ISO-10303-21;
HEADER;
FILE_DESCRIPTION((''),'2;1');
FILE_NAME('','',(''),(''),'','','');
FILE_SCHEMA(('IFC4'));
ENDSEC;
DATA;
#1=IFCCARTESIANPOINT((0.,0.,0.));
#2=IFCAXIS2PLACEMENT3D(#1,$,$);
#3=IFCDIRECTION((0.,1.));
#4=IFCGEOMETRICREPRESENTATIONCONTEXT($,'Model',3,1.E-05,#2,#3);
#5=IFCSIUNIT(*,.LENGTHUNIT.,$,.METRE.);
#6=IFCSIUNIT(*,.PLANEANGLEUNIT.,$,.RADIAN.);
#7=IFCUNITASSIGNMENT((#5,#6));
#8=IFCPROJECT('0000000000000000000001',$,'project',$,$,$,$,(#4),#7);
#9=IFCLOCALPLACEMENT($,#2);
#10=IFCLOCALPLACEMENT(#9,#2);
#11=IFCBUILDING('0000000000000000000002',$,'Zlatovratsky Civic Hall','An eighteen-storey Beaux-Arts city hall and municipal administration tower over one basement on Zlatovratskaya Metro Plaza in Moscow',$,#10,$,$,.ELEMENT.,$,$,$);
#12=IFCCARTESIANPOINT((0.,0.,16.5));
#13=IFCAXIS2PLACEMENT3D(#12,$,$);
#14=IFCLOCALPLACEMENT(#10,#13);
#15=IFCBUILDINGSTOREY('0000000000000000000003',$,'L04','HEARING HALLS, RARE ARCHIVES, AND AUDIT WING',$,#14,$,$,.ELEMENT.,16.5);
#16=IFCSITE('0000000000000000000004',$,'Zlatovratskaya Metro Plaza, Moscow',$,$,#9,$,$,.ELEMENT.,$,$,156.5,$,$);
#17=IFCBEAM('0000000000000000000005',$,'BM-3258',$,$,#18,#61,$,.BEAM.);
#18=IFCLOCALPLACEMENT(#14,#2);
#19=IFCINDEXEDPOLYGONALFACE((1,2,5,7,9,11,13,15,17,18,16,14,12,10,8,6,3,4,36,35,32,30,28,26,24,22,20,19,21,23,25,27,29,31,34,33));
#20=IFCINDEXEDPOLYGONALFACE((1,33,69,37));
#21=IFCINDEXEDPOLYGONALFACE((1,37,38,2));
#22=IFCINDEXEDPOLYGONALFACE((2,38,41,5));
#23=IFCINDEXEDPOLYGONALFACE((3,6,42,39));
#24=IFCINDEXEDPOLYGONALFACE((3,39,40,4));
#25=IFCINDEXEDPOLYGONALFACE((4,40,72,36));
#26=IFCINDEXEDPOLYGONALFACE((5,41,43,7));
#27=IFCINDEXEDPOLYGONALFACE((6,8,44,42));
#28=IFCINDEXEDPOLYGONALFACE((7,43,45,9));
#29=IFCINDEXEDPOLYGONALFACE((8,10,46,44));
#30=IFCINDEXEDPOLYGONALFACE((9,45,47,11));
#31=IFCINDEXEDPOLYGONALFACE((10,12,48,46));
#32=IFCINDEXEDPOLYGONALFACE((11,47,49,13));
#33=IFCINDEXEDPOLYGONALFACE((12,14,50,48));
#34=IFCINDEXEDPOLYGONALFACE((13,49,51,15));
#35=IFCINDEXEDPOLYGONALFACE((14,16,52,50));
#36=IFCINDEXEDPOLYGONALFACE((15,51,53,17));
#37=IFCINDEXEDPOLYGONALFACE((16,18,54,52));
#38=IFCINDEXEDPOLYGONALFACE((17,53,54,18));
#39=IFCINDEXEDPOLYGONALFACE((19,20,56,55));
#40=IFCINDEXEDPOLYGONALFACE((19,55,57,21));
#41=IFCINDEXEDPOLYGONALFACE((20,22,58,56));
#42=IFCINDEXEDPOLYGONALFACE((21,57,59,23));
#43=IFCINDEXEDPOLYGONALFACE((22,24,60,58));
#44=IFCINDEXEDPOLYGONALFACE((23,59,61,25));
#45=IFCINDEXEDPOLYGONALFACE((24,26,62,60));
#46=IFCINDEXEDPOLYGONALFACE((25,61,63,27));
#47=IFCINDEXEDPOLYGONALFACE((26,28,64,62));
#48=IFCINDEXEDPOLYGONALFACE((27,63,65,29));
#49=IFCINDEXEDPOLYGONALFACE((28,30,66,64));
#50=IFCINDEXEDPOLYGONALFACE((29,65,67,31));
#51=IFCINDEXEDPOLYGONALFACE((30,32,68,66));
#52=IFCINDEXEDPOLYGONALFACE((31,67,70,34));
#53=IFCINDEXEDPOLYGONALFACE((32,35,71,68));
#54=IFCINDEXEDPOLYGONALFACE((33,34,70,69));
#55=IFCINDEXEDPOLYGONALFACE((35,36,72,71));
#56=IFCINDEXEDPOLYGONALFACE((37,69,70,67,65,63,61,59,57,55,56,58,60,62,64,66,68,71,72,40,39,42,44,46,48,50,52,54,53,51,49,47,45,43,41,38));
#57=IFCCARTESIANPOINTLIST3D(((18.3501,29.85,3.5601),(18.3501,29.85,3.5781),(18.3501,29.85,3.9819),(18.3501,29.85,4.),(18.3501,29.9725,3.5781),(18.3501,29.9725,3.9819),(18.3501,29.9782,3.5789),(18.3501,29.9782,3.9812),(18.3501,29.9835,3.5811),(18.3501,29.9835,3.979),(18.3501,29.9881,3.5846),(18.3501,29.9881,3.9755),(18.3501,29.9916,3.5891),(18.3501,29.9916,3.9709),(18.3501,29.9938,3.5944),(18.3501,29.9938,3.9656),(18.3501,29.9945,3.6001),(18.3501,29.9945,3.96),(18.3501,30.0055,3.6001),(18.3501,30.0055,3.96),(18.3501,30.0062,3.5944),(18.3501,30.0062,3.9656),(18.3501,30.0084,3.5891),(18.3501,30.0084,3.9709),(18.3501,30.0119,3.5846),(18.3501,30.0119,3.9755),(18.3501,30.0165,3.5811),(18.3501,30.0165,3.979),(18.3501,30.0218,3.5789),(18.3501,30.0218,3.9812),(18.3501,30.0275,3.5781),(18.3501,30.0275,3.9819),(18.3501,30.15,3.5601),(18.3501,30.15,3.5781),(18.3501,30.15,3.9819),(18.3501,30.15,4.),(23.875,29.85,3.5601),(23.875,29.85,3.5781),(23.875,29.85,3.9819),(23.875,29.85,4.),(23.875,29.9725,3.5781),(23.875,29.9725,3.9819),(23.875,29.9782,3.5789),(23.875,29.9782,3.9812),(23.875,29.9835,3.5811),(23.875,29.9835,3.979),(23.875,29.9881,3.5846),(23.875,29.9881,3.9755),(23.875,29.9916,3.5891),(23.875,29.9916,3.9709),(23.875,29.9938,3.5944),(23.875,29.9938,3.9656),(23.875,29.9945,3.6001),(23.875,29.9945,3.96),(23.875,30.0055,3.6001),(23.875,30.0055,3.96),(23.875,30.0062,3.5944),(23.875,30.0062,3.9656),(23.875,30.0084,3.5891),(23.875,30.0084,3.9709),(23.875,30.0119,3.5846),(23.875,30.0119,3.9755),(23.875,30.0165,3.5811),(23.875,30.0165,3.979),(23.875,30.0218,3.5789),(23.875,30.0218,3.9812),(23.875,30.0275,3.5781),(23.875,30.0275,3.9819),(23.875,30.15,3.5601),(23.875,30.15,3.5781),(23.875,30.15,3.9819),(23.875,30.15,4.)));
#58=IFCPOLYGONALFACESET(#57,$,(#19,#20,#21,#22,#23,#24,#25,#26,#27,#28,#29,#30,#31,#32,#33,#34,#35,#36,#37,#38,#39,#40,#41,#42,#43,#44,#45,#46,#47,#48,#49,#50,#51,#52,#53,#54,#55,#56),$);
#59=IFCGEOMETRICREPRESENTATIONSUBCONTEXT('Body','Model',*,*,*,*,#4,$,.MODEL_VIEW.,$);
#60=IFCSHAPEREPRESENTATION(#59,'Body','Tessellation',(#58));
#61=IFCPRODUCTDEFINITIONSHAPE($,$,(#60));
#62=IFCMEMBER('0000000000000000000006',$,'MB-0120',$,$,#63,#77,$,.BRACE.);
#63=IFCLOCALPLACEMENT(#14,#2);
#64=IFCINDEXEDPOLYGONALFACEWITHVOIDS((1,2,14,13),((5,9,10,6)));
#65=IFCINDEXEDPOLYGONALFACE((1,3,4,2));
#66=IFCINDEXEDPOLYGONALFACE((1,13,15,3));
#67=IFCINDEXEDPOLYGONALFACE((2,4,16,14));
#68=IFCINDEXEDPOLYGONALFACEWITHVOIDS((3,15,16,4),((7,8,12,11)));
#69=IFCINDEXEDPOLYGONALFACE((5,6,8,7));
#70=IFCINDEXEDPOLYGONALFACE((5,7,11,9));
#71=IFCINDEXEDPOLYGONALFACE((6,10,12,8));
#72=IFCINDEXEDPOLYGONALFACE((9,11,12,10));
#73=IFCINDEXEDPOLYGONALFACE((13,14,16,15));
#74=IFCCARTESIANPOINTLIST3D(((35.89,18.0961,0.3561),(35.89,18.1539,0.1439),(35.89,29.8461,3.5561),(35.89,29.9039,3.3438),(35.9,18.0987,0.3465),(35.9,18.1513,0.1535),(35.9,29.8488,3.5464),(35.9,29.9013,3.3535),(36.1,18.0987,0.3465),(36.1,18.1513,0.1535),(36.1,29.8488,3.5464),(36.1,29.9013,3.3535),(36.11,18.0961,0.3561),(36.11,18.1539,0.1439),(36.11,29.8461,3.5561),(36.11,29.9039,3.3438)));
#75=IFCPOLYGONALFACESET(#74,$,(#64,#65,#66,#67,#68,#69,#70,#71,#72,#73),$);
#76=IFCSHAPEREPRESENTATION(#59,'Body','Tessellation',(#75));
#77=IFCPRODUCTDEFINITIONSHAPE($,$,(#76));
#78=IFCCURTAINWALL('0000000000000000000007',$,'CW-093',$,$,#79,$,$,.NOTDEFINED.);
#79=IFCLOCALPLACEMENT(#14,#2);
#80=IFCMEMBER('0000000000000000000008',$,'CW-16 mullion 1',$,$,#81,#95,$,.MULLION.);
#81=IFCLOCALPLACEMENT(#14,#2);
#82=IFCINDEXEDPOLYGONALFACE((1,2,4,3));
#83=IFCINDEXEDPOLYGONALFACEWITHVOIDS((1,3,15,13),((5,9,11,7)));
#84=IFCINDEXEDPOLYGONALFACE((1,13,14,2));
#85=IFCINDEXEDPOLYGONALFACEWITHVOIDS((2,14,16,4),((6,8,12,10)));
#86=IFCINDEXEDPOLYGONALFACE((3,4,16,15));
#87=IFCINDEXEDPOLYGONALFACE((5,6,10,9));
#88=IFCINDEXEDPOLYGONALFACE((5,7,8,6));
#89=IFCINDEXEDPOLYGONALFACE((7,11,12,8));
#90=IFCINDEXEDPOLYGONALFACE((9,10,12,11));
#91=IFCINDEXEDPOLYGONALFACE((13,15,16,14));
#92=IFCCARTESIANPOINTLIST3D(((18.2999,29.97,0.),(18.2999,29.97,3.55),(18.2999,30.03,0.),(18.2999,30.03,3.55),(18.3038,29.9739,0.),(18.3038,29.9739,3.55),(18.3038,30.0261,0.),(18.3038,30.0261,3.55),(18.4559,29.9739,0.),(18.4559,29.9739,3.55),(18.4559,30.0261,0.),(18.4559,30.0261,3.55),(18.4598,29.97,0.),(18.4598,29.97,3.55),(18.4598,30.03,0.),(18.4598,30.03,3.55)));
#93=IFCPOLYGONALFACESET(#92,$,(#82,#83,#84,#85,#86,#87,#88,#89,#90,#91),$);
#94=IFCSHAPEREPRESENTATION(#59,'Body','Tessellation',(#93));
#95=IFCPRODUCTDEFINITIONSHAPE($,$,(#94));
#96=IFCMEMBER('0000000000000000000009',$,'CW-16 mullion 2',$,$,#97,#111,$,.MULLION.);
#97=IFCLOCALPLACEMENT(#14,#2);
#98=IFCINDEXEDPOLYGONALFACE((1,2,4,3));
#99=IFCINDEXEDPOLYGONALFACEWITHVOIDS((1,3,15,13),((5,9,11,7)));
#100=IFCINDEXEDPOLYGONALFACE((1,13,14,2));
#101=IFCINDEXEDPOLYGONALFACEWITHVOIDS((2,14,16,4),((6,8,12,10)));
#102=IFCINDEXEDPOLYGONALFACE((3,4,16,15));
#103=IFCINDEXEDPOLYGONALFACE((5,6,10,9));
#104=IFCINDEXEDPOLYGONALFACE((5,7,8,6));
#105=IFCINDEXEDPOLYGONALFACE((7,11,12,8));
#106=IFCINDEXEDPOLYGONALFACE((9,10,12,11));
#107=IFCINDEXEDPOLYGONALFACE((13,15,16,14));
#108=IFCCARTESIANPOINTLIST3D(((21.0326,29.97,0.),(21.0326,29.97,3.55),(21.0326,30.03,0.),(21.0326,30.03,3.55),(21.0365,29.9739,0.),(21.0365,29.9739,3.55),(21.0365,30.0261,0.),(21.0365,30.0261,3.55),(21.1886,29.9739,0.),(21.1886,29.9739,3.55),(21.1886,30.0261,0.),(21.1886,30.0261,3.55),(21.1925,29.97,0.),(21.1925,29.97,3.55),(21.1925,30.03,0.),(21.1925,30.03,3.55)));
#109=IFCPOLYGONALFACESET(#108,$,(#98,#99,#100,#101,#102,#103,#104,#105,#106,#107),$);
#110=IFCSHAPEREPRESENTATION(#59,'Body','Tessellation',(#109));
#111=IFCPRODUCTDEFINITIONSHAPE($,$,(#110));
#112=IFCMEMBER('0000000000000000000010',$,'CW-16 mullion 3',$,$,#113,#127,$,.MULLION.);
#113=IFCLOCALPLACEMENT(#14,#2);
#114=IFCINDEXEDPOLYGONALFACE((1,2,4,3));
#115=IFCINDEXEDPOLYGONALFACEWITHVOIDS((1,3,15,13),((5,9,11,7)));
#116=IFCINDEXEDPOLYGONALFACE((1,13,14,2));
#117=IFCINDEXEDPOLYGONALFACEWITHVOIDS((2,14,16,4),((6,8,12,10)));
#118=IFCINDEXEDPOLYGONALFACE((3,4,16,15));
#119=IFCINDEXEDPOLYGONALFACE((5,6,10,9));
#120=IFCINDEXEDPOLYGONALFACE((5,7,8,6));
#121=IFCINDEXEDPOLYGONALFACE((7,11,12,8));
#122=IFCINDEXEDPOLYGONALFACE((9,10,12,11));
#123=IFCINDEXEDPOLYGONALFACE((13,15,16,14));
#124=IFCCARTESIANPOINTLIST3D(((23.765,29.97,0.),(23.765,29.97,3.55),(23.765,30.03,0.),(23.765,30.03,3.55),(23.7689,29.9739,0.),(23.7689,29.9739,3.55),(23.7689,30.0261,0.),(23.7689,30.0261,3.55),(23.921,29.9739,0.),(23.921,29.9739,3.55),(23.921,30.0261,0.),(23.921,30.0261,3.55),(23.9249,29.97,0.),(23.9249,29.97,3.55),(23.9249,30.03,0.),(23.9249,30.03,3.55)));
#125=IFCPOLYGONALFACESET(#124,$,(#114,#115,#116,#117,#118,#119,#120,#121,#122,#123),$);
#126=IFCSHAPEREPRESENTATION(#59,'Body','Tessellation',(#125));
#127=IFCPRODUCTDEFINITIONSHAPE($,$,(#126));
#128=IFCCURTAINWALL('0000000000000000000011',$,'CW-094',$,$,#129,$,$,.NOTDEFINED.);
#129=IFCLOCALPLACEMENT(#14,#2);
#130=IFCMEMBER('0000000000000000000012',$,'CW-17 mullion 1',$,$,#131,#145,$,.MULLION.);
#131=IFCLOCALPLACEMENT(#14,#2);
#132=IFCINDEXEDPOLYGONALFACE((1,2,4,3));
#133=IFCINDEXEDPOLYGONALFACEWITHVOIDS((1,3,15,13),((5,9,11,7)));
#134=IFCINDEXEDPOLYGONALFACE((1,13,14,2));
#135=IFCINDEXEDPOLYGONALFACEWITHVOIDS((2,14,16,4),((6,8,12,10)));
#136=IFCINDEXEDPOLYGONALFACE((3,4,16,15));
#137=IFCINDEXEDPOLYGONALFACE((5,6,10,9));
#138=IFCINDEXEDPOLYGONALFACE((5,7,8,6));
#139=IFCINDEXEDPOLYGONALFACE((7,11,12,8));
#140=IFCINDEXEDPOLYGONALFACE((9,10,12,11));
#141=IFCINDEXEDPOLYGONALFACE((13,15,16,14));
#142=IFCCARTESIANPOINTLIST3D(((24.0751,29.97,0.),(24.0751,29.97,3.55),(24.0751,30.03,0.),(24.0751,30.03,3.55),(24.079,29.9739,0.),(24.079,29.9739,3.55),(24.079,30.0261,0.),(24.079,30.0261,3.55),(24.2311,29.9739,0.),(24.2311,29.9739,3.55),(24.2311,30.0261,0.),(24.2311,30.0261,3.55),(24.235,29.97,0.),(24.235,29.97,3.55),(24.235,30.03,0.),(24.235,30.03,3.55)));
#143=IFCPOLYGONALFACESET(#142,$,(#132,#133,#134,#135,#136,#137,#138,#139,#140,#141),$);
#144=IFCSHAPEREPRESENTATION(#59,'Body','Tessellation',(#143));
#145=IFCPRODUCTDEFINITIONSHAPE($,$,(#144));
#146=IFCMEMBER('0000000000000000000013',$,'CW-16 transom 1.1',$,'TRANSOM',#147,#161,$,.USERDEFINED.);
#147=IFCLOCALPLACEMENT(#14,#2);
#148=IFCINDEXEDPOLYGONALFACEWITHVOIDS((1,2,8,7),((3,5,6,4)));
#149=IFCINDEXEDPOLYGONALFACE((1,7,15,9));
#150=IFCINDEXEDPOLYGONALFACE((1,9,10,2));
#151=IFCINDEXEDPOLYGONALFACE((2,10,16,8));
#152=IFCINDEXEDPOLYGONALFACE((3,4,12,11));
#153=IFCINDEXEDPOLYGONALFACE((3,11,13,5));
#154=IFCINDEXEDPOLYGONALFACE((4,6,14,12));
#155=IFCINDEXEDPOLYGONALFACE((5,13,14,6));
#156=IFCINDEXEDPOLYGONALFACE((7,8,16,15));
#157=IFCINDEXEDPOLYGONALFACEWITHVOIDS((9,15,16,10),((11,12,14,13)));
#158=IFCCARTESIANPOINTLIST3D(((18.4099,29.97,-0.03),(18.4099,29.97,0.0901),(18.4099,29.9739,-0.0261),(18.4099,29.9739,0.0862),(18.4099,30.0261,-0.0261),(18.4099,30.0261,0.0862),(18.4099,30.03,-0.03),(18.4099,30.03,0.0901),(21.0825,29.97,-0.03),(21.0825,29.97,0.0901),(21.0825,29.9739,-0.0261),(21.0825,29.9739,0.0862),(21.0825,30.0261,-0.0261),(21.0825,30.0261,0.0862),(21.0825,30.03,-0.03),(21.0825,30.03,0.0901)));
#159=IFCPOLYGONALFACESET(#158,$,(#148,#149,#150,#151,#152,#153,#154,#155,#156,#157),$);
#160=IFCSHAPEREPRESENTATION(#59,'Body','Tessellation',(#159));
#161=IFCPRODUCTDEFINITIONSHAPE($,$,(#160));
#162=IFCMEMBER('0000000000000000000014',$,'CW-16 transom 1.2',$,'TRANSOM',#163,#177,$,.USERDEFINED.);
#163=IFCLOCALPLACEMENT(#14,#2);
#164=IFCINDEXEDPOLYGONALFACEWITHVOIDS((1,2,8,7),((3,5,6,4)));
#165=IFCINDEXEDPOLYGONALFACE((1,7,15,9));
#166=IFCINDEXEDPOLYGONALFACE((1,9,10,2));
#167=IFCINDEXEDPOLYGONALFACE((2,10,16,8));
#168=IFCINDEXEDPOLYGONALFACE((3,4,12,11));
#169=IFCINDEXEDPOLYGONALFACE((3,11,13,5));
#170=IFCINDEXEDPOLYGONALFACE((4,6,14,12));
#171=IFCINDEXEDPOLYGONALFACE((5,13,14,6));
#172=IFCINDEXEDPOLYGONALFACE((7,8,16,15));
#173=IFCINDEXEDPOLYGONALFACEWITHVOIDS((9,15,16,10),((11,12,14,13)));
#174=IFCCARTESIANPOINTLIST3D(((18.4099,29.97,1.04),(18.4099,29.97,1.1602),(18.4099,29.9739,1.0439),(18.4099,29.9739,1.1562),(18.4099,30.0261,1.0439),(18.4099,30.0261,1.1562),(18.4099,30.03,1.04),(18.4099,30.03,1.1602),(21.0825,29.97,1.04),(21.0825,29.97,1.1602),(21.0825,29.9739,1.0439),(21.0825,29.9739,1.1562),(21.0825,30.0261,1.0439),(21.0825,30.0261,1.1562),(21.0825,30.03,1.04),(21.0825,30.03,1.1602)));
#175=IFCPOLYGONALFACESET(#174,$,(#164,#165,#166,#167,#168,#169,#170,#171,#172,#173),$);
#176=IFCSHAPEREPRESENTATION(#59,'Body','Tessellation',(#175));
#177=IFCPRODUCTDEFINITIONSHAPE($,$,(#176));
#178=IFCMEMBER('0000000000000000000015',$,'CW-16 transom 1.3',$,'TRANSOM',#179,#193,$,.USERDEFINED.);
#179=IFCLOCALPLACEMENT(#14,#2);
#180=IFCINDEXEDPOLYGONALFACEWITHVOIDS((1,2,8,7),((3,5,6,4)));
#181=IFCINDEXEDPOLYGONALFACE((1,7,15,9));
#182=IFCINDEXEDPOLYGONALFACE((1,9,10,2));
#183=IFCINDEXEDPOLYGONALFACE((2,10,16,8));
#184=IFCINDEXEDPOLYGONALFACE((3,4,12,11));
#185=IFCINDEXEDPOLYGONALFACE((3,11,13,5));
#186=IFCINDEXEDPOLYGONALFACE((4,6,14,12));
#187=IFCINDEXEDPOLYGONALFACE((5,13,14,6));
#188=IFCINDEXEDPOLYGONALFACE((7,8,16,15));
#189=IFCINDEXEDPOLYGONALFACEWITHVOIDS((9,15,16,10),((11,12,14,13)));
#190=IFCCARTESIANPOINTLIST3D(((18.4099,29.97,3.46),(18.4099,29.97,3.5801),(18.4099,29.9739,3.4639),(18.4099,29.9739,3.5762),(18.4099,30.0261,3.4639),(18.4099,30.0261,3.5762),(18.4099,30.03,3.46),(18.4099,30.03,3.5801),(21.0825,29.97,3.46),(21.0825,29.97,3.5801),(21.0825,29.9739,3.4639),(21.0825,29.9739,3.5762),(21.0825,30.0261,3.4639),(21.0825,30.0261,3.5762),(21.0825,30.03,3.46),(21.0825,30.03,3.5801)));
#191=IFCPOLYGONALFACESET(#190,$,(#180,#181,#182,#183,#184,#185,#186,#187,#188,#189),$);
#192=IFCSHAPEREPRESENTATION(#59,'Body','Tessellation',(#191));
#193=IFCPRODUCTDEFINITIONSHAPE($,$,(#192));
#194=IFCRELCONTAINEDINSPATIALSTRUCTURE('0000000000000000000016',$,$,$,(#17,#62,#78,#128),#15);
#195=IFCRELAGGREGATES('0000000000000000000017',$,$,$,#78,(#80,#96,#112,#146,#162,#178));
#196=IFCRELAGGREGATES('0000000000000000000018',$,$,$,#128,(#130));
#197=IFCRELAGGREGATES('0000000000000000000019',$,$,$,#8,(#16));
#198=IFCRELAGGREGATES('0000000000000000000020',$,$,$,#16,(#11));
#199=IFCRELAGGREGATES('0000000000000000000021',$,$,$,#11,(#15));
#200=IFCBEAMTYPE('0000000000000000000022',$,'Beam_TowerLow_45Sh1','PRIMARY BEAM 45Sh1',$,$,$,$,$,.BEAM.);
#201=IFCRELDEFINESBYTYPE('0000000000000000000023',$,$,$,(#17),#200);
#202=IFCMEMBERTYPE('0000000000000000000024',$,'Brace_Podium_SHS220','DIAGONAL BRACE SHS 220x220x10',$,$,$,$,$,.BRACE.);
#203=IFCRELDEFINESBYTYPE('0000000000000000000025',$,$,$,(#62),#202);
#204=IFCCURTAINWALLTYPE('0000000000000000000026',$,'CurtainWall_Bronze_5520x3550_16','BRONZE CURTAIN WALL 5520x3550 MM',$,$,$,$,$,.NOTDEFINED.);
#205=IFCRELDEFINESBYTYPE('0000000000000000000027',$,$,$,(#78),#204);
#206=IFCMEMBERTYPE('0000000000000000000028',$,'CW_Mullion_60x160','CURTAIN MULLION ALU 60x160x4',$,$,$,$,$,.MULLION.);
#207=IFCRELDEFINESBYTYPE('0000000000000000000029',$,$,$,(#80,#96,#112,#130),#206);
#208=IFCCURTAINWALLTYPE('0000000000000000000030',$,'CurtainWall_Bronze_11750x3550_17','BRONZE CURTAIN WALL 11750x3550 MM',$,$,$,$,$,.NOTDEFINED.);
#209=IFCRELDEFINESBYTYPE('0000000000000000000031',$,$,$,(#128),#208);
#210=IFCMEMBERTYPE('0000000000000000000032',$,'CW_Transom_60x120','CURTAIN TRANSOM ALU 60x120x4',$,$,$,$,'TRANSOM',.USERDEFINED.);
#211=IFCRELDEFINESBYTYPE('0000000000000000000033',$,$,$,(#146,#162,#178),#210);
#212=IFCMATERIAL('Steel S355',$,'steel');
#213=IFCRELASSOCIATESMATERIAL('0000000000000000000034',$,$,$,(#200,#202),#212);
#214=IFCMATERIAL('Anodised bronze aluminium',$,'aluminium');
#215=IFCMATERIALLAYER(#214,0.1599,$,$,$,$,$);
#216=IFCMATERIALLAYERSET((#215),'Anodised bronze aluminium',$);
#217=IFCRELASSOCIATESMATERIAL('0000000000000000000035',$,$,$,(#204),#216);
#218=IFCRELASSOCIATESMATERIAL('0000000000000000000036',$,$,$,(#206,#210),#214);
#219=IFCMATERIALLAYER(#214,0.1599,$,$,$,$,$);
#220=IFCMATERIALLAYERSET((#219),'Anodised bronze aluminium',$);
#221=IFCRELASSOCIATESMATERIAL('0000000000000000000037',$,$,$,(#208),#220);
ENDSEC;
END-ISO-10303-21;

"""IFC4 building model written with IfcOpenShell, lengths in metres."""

from ifc_helpers import new_model, si_unit, direction, frame, origin, origin_2d, place, context, subcontext, project, spatial, hollow_rectangle, i_section, extrude, material, layer, layer_set, material_profile, profile_set, type_object, element, aggregate, save


model = new_model("IFC4")

# Units and contexts
model_context = context("Model", 3, precision=1e-05, world=origin(), true_north=direction((0.0, 1.0)))
body_context = subcontext(model_context, "Body", "Model", "MODEL_VIEW")
ifc_project = project(units=[si_unit("LENGTHUNIT", "METRE"), si_unit("PLANEANGLEUNIT", "RADIAN")], contexts=[model_context])

# Site, building, storey
site_placement = place(None, origin())
site = spatial("IfcSite", under=ifc_project, at=site_placement, Name="Zlatovratskaya Metro Plaza, Moscow", CompositionType="ELEMENT", RefElevation=156.5)
building_placement = place(site_placement, origin())
building = spatial("IfcBuilding", under=site, at=building_placement, Name="Zlatovratsky Civic Hall", Description="An eighteen-storey Beaux-Arts city hall and municipal administration tower over one basement on Zlatovratskaya Metro Plaza in Moscow", CompositionType="ELEMENT")
storey_placement = place(building_placement, frame((0.0, 0.0, 16.5)))
storey = spatial("IfcBuildingStorey", under=building, at=storey_placement, Name="L04", Description="HEARING HALLS, RARE ARCHIVES, AND AUDIT WING", CompositionType="ELEMENT", Elevation=16.5)

# Shared definitions
ifc_material_1 = material(Name="Steel S355", Category="steel")

# Beam
ifc_material_profile_1 = material_profile(ifc_material_1, i_section(OverallWidth=0.3, OverallDepth=0.4399, WebThickness=0.011, FlangeThickness=0.0181, FilletRadius=0.022, at=origin_2d()), Name="45Sh1")
ifc_profile_set_1 = profile_set([ifc_material_profile_1], Name="Steel S355")
beam_type_1 = type_object("IfcBeamType", Name="Beam_TowerLow_45Sh1", Description="PRIMARY BEAM 45Sh1", PredefinedType="BEAM", material=ifc_profile_set_1)
beam_1_placement = place(storey_placement, frame((18.3501, 30.0, 3.78), z_axis=(1.0, 0.0, 0.0), x_axis=(0.0, 1.0, 0.0)))
element("IfcBeam", 1, at=beam_1_placement, inside=storey, type_object=beam_type_1, Name="BM-3258", PredefinedType="BEAM", context=body_context, shape_type="SweptSolid", body=[
    extrude(i_section(OverallWidth=0.3, OverallDepth=0.4399, WebThickness=0.011, FlangeThickness=0.0181, FilletRadius=0.022, at=origin_2d()), origin(), (0.0, 0.0, 1.0), 5.5249),
])

# Member
ifc_material_profile_2 = material_profile(ifc_material_1, hollow_rectangle(XDim=0.22, YDim=0.22, WallThickness=0.01, at=origin_2d()), Name="SHS 220x220x10")
ifc_profile_set_2 = profile_set([ifc_material_profile_2], Name="Steel S355")
member_type_1 = type_object("IfcMemberType", Name="Brace_Podium_SHS220", Description="DIAGONAL BRACE SHS 220x220x10", PredefinedType="BRACE", material=ifc_profile_set_2)
member_1_placement = place(storey_placement, frame((36.0, 18.125, 0.25), z_axis=(0.0, 0.96486, 0.262766), x_axis=(-1.0, 0.0, 0.0)))
element("IfcMember", 2, at=member_1_placement, inside=storey, type_object=member_type_1, Name="MB-0120", PredefinedType="BRACE", context=body_context, shape_type="SweptSolid", body=[
    extrude(hollow_rectangle(XDim=0.22, YDim=0.22, WallThickness=0.01, at=origin_2d()), origin(), (0.0, 0.0, 1.0), 12.178),
])

# Curtain wall, members
ifc_material_2 = material(Name="Anodised bronze aluminium", Category="aluminium")
ifc_layer_1 = layer(ifc_material_2, 0.1599)
ifc_layer_set_1 = layer_set([ifc_layer_1], Name="Anodised bronze aluminium")
curtain_wall_type_1 = type_object("IfcCurtainWallType", Name="CurtainWall_Bronze_5520x3550_16", Description="BRONZE CURTAIN WALL 5520x3550 MM", PredefinedType="NOTDEFINED", material=ifc_layer_set_1)
curtain_wall_1_placement = place(storey_placement, origin())
curtain_wall_1 = element("IfcCurtainWall", 3, at=curtain_wall_1_placement, inside=storey, type_object=curtain_wall_type_1, Name="CW-093", PredefinedType="NOTDEFINED")
ifc_material_profile_3 = material_profile(ifc_material_2, hollow_rectangle(XDim=0.0601, YDim=0.1599, WallThickness=0.0039, at=origin_2d()), Name="ALU 60x160x4")
ifc_profile_set_3 = profile_set([ifc_material_profile_3], Name="Anodised bronze aluminium")
member_type_2 = type_object("IfcMemberType", Name="CW_Mullion_60x160", Description="CURTAIN MULLION ALU 60x160x4", PredefinedType="MULLION", material=ifc_profile_set_3)
member_2_placement = place(storey_placement, frame((18.3799, 30.0, 0.0), z_axis=(0.0, 0.0, 1.0), x_axis=(0.0, 1.0, 0.0)))
member_2 = element("IfcMember", 4, at=member_2_placement, type_object=member_type_2, Name="CW-16 mullion 1", PredefinedType="MULLION", context=body_context, shape_type="SweptSolid", body=[
    extrude(hollow_rectangle(XDim=0.0601, YDim=0.1599, WallThickness=0.0039, at=origin_2d()), origin(), (0.0, 0.0, 1.0), 3.55),
])
member_3_placement = place(storey_placement, frame((21.1125, 30.0, 0.0), z_axis=(0.0, 0.0, 1.0), x_axis=(0.0, 1.0, 0.0)))
member_3 = element("IfcMember", 5, at=member_3_placement, type_object=member_type_2, Name="CW-16 mullion 2", PredefinedType="MULLION", context=body_context, shape_type="SweptSolid", body=[
    extrude(hollow_rectangle(XDim=0.0601, YDim=0.1599, WallThickness=0.0039, at=origin_2d()), origin(), (0.0, 0.0, 1.0), 3.55),
])
member_4_placement = place(storey_placement, frame((23.845, 30.0, 0.0), z_axis=(0.0, 0.0, 1.0), x_axis=(0.0, 1.0, 0.0)))
member_4 = element("IfcMember", 6, at=member_4_placement, type_object=member_type_2, Name="CW-16 mullion 3", PredefinedType="MULLION", context=body_context, shape_type="SweptSolid", body=[
    extrude(hollow_rectangle(XDim=0.0601, YDim=0.1599, WallThickness=0.0039, at=origin_2d()), origin(), (0.0, 0.0, 1.0), 3.55),
])

# Curtain wall, member
ifc_layer_2 = layer(ifc_material_2, 0.1599)
ifc_layer_set_2 = layer_set([ifc_layer_2], Name="Anodised bronze aluminium")
curtain_wall_type_2 = type_object("IfcCurtainWallType", Name="CurtainWall_Bronze_11750x3550_17", Description="BRONZE CURTAIN WALL 11750x3550 MM", PredefinedType="NOTDEFINED", material=ifc_layer_set_2)
curtain_wall_2_placement = place(storey_placement, origin())
curtain_wall_2 = element("IfcCurtainWall", 7, at=curtain_wall_2_placement, inside=storey, type_object=curtain_wall_type_2, Name="CW-094", PredefinedType="NOTDEFINED")
member_5_placement = place(storey_placement, frame((24.155, 30.0, 0.0), z_axis=(0.0, 0.0, 1.0), x_axis=(0.0, 1.0, 0.0)))
member_5 = element("IfcMember", 8, at=member_5_placement, type_object=member_type_2, Name="CW-17 mullion 1", PredefinedType="MULLION", context=body_context, shape_type="SweptSolid", body=[
    extrude(hollow_rectangle(XDim=0.0601, YDim=0.1599, WallThickness=0.0039, at=origin_2d()), origin(), (0.0, 0.0, 1.0), 3.55),
])

# Members
ifc_material_profile_4 = material_profile(ifc_material_2, hollow_rectangle(XDim=0.0601, YDim=0.1201, WallThickness=0.0039, at=origin_2d()), Name="ALU 60x120x4")
ifc_profile_set_4 = profile_set([ifc_material_profile_4], Name="Anodised bronze aluminium")
member_type_3 = type_object("IfcMemberType", Name="CW_Transom_60x120", Description="CURTAIN TRANSOM ALU 60x120x4", ElementType="TRANSOM", PredefinedType="USERDEFINED", material=ifc_profile_set_4)
member_6_placement = place(storey_placement, frame((18.4099, 30.0, 0.03), z_axis=(1.0, 0.0, 0.0), x_axis=(0.0, 1.0, 0.0)))
member_6 = element("IfcMember", 9, at=member_6_placement, type_object=member_type_3, Name="CW-16 transom 1.1", ObjectType="TRANSOM", PredefinedType="USERDEFINED", context=body_context, shape_type="SweptSolid", body=[
    extrude(hollow_rectangle(XDim=0.0601, YDim=0.1201, WallThickness=0.0039, at=origin_2d()), origin(), (0.0, 0.0, 1.0), 2.6726),
])
member_7_placement = place(storey_placement, frame((18.4099, 30.0, 1.1001), z_axis=(1.0, 0.0, 0.0), x_axis=(0.0, 1.0, 0.0)))
member_7 = element("IfcMember", 10, at=member_7_placement, type_object=member_type_3, Name="CW-16 transom 1.2", ObjectType="TRANSOM", PredefinedType="USERDEFINED", context=body_context, shape_type="SweptSolid", body=[
    extrude(hollow_rectangle(XDim=0.0601, YDim=0.1201, WallThickness=0.0039, at=origin_2d()), origin(), (0.0, 0.0, 1.0), 2.6726),
])
member_8_placement = place(storey_placement, frame((18.4099, 30.0, 3.52), z_axis=(1.0, 0.0, 0.0), x_axis=(0.0, 1.0, 0.0)))
member_8 = element("IfcMember", 11, at=member_8_placement, type_object=member_type_3, Name="CW-16 transom 1.3", ObjectType="TRANSOM", PredefinedType="USERDEFINED", context=body_context, shape_type="SweptSolid", body=[
    extrude(hollow_rectangle(XDim=0.0601, YDim=0.1201, WallThickness=0.0039, at=origin_2d()), origin(), (0.0, 0.0, 1.0), 2.6726),
])

aggregate(curtain_wall_1, [member_2, member_3, member_4, member_6, member_7, member_8])
aggregate(curtain_wall_2, [member_5])

save(model, "model.ifc")
